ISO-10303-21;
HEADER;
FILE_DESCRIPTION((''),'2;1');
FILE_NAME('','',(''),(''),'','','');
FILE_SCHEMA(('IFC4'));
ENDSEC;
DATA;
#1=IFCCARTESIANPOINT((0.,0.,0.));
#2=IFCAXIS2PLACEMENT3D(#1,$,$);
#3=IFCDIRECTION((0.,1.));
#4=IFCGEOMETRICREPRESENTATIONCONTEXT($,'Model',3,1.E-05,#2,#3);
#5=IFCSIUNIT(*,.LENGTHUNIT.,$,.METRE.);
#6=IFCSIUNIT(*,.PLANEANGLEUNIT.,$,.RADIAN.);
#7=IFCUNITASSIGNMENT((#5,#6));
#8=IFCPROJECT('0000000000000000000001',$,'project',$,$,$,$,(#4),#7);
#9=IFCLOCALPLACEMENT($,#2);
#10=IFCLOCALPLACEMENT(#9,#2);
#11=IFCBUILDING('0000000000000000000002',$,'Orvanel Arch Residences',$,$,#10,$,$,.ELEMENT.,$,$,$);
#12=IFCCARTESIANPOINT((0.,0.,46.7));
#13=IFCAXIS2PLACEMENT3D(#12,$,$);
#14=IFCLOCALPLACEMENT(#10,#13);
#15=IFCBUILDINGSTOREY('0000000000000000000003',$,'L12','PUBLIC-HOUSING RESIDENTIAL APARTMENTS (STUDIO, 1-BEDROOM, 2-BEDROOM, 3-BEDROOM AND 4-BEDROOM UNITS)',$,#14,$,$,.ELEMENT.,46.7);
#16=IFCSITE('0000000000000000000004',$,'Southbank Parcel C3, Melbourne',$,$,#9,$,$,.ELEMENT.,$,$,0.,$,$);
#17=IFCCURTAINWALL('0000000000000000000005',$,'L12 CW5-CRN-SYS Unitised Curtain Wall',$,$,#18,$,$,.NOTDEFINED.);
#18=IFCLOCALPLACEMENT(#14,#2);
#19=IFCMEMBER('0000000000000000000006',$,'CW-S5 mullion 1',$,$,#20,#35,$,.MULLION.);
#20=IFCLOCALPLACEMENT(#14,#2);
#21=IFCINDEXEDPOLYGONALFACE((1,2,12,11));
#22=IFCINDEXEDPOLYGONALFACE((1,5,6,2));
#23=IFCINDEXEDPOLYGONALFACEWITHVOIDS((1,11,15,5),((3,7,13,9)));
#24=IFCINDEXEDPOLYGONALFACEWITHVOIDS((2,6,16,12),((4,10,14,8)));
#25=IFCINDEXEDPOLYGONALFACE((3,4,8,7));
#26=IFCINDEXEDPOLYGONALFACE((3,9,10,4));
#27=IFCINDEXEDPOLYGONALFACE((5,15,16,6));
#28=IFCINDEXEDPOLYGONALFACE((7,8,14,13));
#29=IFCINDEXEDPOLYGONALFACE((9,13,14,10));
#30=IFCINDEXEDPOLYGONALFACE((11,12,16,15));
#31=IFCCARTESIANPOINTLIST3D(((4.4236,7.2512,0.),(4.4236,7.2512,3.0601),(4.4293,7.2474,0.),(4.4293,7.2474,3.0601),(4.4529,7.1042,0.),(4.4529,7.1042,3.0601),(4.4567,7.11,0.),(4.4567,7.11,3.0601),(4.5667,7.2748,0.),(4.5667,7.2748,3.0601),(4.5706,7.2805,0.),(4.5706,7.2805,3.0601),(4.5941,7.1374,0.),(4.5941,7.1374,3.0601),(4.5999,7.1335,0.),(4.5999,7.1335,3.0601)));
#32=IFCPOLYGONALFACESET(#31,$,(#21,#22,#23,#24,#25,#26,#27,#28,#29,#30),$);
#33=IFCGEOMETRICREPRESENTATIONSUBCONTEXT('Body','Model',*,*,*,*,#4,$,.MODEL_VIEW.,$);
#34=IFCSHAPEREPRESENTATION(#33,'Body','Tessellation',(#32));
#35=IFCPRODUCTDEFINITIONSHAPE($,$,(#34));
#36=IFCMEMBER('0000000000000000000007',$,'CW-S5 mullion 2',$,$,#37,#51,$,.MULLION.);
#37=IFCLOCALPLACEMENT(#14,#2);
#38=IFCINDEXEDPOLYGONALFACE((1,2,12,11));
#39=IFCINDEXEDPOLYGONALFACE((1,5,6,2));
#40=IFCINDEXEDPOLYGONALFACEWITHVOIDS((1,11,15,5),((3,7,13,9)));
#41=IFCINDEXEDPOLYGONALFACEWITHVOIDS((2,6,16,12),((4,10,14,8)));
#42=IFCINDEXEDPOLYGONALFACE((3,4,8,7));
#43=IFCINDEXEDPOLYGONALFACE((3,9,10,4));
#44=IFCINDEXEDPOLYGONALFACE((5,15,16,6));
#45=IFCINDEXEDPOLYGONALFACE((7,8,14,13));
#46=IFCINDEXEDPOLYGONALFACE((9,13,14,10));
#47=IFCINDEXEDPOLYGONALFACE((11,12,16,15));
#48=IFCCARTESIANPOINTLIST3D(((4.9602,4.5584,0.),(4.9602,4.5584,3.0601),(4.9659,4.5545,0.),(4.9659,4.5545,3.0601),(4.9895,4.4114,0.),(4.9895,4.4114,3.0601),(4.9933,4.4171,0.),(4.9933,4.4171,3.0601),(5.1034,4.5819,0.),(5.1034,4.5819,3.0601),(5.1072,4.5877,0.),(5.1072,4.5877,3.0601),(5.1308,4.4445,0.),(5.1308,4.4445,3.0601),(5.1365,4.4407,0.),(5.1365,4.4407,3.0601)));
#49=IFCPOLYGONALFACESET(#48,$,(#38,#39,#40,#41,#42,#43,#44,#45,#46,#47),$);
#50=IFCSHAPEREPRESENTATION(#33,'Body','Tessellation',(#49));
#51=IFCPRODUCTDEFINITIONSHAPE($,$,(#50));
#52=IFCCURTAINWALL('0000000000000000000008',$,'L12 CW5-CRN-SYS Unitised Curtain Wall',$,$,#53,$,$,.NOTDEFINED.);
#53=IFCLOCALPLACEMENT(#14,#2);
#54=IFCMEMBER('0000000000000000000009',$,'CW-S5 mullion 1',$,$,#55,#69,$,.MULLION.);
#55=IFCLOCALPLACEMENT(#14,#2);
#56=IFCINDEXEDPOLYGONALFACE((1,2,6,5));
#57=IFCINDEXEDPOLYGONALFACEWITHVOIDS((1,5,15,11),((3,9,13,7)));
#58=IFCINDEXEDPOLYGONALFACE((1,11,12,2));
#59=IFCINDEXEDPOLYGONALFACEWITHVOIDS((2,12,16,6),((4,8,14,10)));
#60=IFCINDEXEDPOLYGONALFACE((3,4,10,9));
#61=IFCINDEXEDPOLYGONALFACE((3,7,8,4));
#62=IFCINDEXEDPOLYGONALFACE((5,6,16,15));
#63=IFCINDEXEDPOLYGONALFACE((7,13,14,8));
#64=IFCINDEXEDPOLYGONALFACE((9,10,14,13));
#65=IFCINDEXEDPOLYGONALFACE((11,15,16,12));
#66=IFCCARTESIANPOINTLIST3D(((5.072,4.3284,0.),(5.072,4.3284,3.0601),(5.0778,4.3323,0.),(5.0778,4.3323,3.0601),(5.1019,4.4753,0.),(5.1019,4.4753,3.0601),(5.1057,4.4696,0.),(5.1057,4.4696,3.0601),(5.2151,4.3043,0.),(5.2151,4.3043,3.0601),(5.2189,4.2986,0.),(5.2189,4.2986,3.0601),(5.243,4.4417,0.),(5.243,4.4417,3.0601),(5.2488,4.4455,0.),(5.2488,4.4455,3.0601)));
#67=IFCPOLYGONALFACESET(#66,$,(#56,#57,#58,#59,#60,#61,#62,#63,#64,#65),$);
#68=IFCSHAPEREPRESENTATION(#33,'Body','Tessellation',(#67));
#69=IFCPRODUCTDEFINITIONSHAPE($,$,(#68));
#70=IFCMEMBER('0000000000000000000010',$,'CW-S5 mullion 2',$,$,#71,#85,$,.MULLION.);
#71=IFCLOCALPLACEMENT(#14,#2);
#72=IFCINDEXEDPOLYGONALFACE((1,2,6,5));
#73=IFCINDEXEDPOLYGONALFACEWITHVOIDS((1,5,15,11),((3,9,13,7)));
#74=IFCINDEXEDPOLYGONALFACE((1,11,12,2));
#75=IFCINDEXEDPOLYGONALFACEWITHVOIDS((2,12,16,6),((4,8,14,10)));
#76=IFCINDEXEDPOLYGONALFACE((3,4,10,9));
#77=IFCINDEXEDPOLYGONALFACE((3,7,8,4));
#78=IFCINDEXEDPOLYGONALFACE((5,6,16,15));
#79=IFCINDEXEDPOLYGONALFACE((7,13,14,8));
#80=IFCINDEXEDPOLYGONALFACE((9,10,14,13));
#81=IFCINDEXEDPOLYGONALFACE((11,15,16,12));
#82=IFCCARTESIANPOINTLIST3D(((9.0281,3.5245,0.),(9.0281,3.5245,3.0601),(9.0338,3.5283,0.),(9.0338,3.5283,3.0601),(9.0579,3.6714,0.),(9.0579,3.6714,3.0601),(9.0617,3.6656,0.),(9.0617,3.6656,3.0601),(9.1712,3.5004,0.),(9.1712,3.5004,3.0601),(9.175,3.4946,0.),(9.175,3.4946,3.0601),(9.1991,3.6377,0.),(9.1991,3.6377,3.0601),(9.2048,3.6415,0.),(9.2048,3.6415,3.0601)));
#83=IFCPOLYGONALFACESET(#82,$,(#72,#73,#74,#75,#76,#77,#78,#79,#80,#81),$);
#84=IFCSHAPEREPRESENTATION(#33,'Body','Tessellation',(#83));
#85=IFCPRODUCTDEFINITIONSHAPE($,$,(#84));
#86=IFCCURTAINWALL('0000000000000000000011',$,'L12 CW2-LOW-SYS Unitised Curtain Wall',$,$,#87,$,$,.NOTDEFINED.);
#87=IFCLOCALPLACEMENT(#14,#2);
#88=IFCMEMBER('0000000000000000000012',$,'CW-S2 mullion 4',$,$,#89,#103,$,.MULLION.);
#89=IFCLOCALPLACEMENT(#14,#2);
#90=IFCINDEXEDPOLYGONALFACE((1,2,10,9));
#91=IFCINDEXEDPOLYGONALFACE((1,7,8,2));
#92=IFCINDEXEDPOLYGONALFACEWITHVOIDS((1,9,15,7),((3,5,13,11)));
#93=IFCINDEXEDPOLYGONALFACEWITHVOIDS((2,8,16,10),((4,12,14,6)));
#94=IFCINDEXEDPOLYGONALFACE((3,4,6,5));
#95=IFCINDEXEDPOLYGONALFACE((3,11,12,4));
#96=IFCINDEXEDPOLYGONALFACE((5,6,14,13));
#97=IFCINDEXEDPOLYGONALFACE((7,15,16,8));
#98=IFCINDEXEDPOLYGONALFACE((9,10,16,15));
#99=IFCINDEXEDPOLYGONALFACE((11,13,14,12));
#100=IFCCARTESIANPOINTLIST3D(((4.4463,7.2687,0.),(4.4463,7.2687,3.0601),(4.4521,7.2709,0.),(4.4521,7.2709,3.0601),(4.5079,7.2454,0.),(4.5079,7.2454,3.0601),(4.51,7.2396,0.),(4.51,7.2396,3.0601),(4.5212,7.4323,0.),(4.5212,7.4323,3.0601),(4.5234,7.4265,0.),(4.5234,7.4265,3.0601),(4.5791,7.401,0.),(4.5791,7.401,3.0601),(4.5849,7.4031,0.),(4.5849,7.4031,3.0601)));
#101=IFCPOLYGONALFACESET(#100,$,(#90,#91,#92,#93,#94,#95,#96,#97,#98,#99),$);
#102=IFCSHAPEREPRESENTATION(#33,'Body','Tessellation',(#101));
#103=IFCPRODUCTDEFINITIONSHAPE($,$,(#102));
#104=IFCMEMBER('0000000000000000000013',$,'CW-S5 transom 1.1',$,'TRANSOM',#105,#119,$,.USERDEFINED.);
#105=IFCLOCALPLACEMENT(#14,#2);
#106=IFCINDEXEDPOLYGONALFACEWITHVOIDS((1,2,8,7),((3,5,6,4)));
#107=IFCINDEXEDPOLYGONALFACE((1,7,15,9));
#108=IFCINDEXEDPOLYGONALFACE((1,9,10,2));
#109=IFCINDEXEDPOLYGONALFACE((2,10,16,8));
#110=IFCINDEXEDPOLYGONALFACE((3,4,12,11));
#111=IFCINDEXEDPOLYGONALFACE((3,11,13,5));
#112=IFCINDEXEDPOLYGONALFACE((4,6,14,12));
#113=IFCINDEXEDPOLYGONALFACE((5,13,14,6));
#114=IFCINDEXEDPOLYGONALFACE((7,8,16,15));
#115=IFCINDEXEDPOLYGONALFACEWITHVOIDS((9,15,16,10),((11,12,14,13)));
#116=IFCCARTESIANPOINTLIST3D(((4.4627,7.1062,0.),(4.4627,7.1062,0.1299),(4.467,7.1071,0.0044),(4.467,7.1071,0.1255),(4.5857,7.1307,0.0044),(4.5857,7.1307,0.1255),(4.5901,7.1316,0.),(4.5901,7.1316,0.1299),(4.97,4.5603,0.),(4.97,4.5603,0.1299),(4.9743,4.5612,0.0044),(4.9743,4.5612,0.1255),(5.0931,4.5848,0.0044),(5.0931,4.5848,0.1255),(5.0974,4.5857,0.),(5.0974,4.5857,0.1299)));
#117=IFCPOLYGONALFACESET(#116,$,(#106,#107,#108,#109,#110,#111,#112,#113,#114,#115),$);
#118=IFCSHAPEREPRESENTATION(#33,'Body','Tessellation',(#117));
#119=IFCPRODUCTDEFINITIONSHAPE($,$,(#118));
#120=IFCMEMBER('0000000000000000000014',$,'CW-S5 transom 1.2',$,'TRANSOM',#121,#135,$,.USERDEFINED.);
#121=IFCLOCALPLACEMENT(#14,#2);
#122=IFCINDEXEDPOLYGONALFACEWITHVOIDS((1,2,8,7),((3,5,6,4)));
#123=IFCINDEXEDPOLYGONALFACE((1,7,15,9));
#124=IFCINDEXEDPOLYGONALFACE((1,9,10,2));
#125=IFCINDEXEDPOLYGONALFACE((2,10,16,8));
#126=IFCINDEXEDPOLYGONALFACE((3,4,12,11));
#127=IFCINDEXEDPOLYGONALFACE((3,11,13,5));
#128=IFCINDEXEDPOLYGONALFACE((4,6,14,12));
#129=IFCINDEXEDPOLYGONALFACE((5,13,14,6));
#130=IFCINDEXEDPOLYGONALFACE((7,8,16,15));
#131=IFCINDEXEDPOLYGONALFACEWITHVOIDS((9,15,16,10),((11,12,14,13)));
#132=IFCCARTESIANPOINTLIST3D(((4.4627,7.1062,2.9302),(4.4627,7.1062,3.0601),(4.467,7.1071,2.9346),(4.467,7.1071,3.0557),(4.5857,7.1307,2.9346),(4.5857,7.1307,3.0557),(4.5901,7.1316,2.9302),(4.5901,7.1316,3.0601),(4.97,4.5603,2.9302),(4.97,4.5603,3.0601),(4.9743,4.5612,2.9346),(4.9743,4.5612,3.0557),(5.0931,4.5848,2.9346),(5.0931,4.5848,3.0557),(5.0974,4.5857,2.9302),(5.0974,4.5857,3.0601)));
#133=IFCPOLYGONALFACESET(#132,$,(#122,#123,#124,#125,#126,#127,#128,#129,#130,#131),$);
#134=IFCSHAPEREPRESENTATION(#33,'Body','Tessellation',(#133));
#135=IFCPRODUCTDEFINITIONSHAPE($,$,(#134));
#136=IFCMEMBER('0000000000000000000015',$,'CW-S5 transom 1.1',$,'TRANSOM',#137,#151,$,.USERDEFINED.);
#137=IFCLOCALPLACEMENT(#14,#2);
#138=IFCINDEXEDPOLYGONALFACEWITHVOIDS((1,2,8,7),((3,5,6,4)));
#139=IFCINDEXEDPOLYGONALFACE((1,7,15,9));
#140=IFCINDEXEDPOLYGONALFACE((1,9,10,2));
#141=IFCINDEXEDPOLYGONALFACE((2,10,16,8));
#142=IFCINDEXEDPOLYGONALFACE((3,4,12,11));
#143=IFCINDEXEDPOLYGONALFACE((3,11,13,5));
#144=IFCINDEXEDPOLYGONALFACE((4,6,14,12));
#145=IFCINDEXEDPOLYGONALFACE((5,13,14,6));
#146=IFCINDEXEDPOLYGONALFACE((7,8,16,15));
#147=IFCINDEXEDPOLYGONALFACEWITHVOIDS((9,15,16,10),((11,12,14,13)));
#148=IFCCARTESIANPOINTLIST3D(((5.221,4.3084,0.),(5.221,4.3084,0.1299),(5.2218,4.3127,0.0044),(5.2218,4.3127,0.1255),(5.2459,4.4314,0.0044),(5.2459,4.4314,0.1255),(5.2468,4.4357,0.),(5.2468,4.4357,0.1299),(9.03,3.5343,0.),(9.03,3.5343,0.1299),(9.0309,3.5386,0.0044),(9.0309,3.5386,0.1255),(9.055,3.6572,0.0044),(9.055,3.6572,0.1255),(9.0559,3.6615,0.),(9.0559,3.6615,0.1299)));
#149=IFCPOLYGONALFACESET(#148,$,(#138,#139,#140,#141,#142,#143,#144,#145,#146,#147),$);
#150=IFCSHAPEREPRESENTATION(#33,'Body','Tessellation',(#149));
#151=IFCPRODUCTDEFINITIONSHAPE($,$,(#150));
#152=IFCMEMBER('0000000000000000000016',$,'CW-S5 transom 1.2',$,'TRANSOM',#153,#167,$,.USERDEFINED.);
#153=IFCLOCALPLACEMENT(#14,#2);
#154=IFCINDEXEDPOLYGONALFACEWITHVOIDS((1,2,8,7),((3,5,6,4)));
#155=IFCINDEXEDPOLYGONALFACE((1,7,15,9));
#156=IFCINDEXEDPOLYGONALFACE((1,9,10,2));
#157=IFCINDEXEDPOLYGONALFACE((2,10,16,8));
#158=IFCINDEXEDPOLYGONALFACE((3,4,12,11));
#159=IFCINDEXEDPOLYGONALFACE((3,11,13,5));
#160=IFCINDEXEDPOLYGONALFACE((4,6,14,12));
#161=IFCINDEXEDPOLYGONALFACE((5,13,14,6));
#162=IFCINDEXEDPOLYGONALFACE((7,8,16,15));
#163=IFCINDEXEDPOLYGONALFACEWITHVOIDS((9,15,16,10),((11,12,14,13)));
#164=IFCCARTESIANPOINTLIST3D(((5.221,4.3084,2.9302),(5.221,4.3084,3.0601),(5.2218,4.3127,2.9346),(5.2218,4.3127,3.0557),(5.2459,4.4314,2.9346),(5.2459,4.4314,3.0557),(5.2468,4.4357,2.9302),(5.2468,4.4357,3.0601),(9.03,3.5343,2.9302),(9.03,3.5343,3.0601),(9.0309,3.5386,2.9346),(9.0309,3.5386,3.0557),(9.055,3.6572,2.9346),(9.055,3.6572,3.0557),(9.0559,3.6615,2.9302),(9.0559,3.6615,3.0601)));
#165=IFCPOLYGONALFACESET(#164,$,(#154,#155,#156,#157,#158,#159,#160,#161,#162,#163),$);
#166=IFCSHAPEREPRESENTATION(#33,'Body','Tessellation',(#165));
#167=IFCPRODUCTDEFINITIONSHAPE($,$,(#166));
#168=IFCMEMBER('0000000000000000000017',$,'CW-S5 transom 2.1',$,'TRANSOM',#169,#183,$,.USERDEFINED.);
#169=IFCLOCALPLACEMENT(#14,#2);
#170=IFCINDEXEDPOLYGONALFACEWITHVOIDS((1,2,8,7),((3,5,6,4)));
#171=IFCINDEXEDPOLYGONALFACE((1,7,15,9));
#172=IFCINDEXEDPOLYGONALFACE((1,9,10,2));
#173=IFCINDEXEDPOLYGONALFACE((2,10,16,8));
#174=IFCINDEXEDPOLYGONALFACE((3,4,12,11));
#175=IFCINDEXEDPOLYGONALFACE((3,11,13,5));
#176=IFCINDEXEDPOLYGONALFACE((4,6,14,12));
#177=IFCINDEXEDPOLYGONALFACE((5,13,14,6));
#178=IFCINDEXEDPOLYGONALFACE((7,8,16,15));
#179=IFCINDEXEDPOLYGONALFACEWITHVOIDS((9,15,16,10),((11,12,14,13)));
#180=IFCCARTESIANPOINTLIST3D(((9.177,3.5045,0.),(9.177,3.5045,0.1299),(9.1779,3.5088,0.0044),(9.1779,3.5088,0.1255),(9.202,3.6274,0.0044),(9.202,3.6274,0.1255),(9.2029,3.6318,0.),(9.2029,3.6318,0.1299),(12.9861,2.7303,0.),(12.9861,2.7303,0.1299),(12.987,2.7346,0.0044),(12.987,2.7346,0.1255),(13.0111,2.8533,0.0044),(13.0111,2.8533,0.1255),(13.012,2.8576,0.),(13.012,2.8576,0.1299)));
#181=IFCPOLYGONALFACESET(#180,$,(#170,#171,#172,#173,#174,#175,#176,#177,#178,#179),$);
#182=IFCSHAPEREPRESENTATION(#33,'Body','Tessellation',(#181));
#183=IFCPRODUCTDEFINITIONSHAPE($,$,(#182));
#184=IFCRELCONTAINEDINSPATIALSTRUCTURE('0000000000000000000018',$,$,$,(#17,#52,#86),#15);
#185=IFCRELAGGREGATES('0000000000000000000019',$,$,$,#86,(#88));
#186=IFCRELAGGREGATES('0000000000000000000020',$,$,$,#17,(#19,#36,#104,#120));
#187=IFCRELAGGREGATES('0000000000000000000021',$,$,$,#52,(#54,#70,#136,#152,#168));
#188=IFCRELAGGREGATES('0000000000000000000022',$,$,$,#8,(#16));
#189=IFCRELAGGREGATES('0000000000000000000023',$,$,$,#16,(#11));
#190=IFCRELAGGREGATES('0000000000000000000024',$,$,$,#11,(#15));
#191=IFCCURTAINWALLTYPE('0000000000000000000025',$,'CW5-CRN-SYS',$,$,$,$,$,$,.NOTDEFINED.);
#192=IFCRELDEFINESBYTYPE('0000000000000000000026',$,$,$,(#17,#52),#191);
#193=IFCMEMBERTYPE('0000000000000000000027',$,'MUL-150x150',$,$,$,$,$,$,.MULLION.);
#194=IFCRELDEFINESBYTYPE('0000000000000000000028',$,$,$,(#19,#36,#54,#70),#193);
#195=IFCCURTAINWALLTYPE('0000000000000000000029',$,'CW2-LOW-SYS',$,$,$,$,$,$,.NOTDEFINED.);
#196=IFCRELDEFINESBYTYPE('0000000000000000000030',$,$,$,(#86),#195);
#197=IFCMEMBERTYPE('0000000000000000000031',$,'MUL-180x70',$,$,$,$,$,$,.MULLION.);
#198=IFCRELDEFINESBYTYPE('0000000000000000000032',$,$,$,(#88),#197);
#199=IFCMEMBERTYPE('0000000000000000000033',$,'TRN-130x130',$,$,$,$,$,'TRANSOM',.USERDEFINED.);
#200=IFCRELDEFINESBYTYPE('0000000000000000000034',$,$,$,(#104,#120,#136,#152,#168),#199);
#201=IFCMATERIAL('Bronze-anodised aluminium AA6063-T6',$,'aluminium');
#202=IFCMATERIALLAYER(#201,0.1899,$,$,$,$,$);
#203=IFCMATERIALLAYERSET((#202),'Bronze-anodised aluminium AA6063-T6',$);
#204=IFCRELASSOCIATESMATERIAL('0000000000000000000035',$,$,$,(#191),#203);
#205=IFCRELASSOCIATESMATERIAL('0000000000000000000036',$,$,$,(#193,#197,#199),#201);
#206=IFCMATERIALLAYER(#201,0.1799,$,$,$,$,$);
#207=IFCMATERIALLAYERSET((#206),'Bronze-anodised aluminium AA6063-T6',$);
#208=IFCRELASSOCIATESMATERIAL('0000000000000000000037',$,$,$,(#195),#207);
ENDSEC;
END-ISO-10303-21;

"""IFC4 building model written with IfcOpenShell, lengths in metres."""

from ifc_helpers import new_model, si_unit, direction, frame, origin, origin_2d, place, context, subcontext, project, spatial, hollow_rectangle, extrude, material, layer, layer_set, material_profile, profile_set, type_object, element, aggregate, save


model = new_model("IFC4")

# Units and contexts
model_context = context("Model", 3, precision=1e-05, world=origin(), true_north=direction((0.0, 1.0)))
body_context = subcontext(model_context, "Body", "Model", "MODEL_VIEW")
ifc_project = project(units=[si_unit("LENGTHUNIT", "METRE"), si_unit("PLANEANGLEUNIT", "RADIAN")], contexts=[model_context])

# Site, building, storey
site_placement = place(None, origin())
site = spatial("IfcSite", under=ifc_project, at=site_placement, Name="Southbank Parcel C3, Melbourne", CompositionType="ELEMENT", RefElevation=0.0)
building_placement = place(site_placement, origin())
building = spatial("IfcBuilding", under=site, at=building_placement, Name="Orvanel Arch Residences", CompositionType="ELEMENT")
storey_placement = place(building_placement, frame((0.0, 0.0, 46.7)))
storey = spatial("IfcBuildingStorey", under=building, at=storey_placement, Name="L12", Description="PUBLIC-HOUSING RESIDENTIAL APARTMENTS (STUDIO, 1-BEDROOM, 2-BEDROOM, 3-BEDROOM AND 4-BEDROOM UNITS)", CompositionType="ELEMENT", Elevation=46.7)

# Curtain walls, members
ifc_material_1 = material(Name="Bronze-anodised aluminium AA6063-T6", Category="aluminium")
ifc_layer_1 = layer(ifc_material_1, 0.1899)
ifc_layer_set_1 = layer_set([ifc_layer_1], Name="Bronze-anodised aluminium AA6063-T6")
curtain_wall_type_1 = type_object("IfcCurtainWallType", Name="CW5-CRN-SYS", PredefinedType="NOTDEFINED", material=ifc_layer_set_1)
curtain_wall_1_placement = place(storey_placement, origin())
curtain_wall_1 = element("IfcCurtainWall", 1, at=curtain_wall_1_placement, inside=storey, type_object=curtain_wall_type_1, Name="L12 CW5-CRN-SYS Unitised Curtain Wall", PredefinedType="NOTDEFINED")
ifc_material_profile_1 = material_profile(ifc_material_1, hollow_rectangle(XDim=0.1499, YDim=0.1499, WallThickness=0.0049, at=origin_2d()), Name="ALU150x150x5")
ifc_profile_set_1 = profile_set([ifc_material_profile_1], Name="Bronze-anodised aluminium AA6063-T6")
member_type_1 = type_object("IfcMemberType", Name="MUL-150x150", PredefinedType="MULLION", material=ifc_profile_set_1)
member_1_placement = place(storey_placement, frame((4.5117, 7.1924, 0.0), z_axis=(0.0, 0.0, 1.0), x_axis=(0.980713, 0.195452, 0.0)))
member_1 = element("IfcMember", 2, at=member_1_placement, type_object=member_type_1, Name="CW-S5 mullion 1", PredefinedType="MULLION", context=body_context, shape_type="SweptSolid", body=[
    extrude(hollow_rectangle(XDim=0.1499, YDim=0.1499, WallThickness=0.0049, at=origin_2d()), origin(), (0.0, 0.0, 1.0), 3.0601),
])
member_2_placement = place(storey_placement, frame((5.0483, 4.4995, 0.0), z_axis=(0.0, 0.0, 1.0), x_axis=(0.980713, 0.195452, 0.0)))
member_2 = element("IfcMember", 3, at=member_2_placement, type_object=member_type_1, Name="CW-S5 mullion 2", PredefinedType="MULLION", context=body_context, shape_type="SweptSolid", body=[
    extrude(hollow_rectangle(XDim=0.1499, YDim=0.1499, WallThickness=0.0049, at=origin_2d()), origin(), (0.0, 0.0, 1.0), 3.0601),
])
curtain_wall_2_placement = place(storey_placement, origin())
curtain_wall_2 = element("IfcCurtainWall", 4, at=curtain_wall_2_placement, inside=storey, type_object=curtain_wall_type_1, Name="L12 CW5-CRN-SYS Unitised Curtain Wall", PredefinedType="NOTDEFINED")
member_3_placement = place(storey_placement, frame((5.1604, 4.387, 0.0), z_axis=(0.0, 0.0, 1.0), x_axis=(0.199179, 0.979963, 0.0)))
member_3 = element("IfcMember", 5, at=member_3_placement, type_object=member_type_1, Name="CW-S5 mullion 1", PredefinedType="MULLION", context=body_context, shape_type="SweptSolid", body=[
    extrude(hollow_rectangle(XDim=0.1499, YDim=0.1499, WallThickness=0.0049, at=origin_2d()), origin(), (0.0, 0.0, 1.0), 3.0601),
])
member_4_placement = place(storey_placement, frame((9.1165, 3.583, 0.0), z_axis=(0.0, 0.0, 1.0), x_axis=(0.199179, 0.979963, 0.0)))
member_4 = element("IfcMember", 6, at=member_4_placement, type_object=member_type_1, Name="CW-S5 mullion 2", PredefinedType="MULLION", context=body_context, shape_type="SweptSolid", body=[
    extrude(hollow_rectangle(XDim=0.1499, YDim=0.1499, WallThickness=0.0049, at=origin_2d()), origin(), (0.0, 0.0, 1.0), 3.0601),
])

# Curtain wall, member
ifc_layer_2 = layer(ifc_material_1, 0.1799)
ifc_layer_set_2 = layer_set([ifc_layer_2], Name="Bronze-anodised aluminium AA6063-T6")
curtain_wall_type_2 = type_object("IfcCurtainWallType", Name="CW2-LOW-SYS", PredefinedType="NOTDEFINED", material=ifc_layer_set_2)
curtain_wall_3_placement = place(storey_placement, origin())
curtain_wall_3 = element("IfcCurtainWall", 7, at=curtain_wall_3_placement, inside=storey, type_object=curtain_wall_type_2, Name="L12 CW2-LOW-SYS Unitised Curtain Wall", PredefinedType="NOTDEFINED")
ifc_material_profile_2 = material_profile(ifc_material_1, hollow_rectangle(XDim=0.0701, YDim=0.1799, WallThickness=0.0044, at=origin_2d()), Name="ALU180x70x4.5")
ifc_profile_set_2 = profile_set([ifc_material_profile_2], Name="Bronze-anodised aluminium AA6063-T6")
member_type_2 = type_object("IfcMemberType", Name="MUL-180x70", PredefinedType="MULLION", material=ifc_profile_set_2)
member_5_placement = place(storey_placement, frame((4.5156, 7.3359, 0.0), z_axis=(0.0, 0.0, 1.0), x_axis=(0.909193, -0.416374, 0.0)))
member_5 = element("IfcMember", 8, at=member_5_placement, type_object=member_type_2, Name="CW-S2 mullion 4", PredefinedType="MULLION", context=body_context, shape_type="SweptSolid", body=[
    extrude(hollow_rectangle(XDim=0.0701, YDim=0.1799, WallThickness=0.0044, at=origin_2d()), origin(), (0.0, 0.0, 1.0), 3.0601),
])
aggregate(curtain_wall_3, [member_5])

# Members
ifc_material_profile_3 = material_profile(ifc_material_1, hollow_rectangle(XDim=0.1299, YDim=0.1299, WallThickness=0.0044, at=origin_2d()), Name="ALU130x130x4.5")
ifc_profile_set_3 = profile_set([ifc_material_profile_3], Name="Bronze-anodised aluminium AA6063-T6")
member_type_3 = type_object("IfcMemberType", Name="TRN-130x130", ElementType="TRANSOM", PredefinedType="USERDEFINED", material=ifc_profile_set_3)
member_6_placement = place(storey_placement, frame((4.5264, 7.1189, 0.0649), z_axis=(0.195429, -0.980718, 0.0), x_axis=(0.980718, 0.195429, 0.0)))
member_6 = element("IfcMember", 9, at=member_6_placement, type_object=member_type_3, Name="CW-S5 transom 1.1", ObjectType="TRANSOM", PredefinedType="USERDEFINED", context=body_context, shape_type="SweptSolid", body=[
    extrude(hollow_rectangle(XDim=0.1299, YDim=0.1299, WallThickness=0.0044, at=origin_2d()), origin(), (0.0, 0.0, 1.0), 2.5959),
])
member_7_placement = place(storey_placement, frame((4.5264, 7.1189, 2.9951), z_axis=(0.195429, -0.980718, 0.0), x_axis=(0.980718, 0.195429, 0.0)))
member_7 = element("IfcMember", 10, at=member_7_placement, type_object=member_type_3, Name="CW-S5 transom 1.2", ObjectType="TRANSOM", PredefinedType="USERDEFINED", context=body_context, shape_type="SweptSolid", body=[
    extrude(hollow_rectangle(XDim=0.1299, YDim=0.1299, WallThickness=0.0044, at=origin_2d()), origin(), (0.0, 0.0, 1.0), 2.5959),
])
member_8_placement = place(storey_placement, frame((5.2339, 4.3721, 0.0649), z_axis=(0.979965, -0.199171, 0.0), x_axis=(0.199171, 0.979965, 0.0)))
member_8 = element("IfcMember", 11, at=member_8_placement, type_object=member_type_3, Name="CW-S5 transom 1.1", ObjectType="TRANSOM", PredefinedType="USERDEFINED", context=body_context, shape_type="SweptSolid", body=[
    extrude(hollow_rectangle(XDim=0.1299, YDim=0.1299, WallThickness=0.0044, at=origin_2d()), origin(), (0.0, 0.0, 1.0), 3.887),
])
member_9_placement = place(storey_placement, frame((5.2339, 4.3721, 2.9951), z_axis=(0.979965, -0.199171, 0.0), x_axis=(0.199171, 0.979965, 0.0)))
member_9 = element("IfcMember", 12, at=member_9_placement, type_object=member_type_3, Name="CW-S5 transom 1.2", ObjectType="TRANSOM", PredefinedType="USERDEFINED", context=body_context, shape_type="SweptSolid", body=[
    extrude(hollow_rectangle(XDim=0.1299, YDim=0.1299, WallThickness=0.0044, at=origin_2d()), origin(), (0.0, 0.0, 1.0), 3.887),
])
member_10_placement = place(storey_placement, frame((9.1899, 3.5681, 0.0649), z_axis=(0.979965, -0.199171, 0.0), x_axis=(0.199171, 0.979965, 0.0)))
member_10 = element("IfcMember", 13, at=member_10_placement, type_object=member_type_3, Name="CW-S5 transom 2.1", ObjectType="TRANSOM", PredefinedType="USERDEFINED", context=body_context, shape_type="SweptSolid", body=[
    extrude(hollow_rectangle(XDim=0.1299, YDim=0.1299, WallThickness=0.0044, at=origin_2d()), origin(), (0.0, 0.0, 1.0), 3.887),
])

aggregate(curtain_wall_1, [member_1, member_2, member_6, member_7])
aggregate(curtain_wall_2, [member_3, member_4, member_8, member_9, member_10])

save(model, "model.ifc")
